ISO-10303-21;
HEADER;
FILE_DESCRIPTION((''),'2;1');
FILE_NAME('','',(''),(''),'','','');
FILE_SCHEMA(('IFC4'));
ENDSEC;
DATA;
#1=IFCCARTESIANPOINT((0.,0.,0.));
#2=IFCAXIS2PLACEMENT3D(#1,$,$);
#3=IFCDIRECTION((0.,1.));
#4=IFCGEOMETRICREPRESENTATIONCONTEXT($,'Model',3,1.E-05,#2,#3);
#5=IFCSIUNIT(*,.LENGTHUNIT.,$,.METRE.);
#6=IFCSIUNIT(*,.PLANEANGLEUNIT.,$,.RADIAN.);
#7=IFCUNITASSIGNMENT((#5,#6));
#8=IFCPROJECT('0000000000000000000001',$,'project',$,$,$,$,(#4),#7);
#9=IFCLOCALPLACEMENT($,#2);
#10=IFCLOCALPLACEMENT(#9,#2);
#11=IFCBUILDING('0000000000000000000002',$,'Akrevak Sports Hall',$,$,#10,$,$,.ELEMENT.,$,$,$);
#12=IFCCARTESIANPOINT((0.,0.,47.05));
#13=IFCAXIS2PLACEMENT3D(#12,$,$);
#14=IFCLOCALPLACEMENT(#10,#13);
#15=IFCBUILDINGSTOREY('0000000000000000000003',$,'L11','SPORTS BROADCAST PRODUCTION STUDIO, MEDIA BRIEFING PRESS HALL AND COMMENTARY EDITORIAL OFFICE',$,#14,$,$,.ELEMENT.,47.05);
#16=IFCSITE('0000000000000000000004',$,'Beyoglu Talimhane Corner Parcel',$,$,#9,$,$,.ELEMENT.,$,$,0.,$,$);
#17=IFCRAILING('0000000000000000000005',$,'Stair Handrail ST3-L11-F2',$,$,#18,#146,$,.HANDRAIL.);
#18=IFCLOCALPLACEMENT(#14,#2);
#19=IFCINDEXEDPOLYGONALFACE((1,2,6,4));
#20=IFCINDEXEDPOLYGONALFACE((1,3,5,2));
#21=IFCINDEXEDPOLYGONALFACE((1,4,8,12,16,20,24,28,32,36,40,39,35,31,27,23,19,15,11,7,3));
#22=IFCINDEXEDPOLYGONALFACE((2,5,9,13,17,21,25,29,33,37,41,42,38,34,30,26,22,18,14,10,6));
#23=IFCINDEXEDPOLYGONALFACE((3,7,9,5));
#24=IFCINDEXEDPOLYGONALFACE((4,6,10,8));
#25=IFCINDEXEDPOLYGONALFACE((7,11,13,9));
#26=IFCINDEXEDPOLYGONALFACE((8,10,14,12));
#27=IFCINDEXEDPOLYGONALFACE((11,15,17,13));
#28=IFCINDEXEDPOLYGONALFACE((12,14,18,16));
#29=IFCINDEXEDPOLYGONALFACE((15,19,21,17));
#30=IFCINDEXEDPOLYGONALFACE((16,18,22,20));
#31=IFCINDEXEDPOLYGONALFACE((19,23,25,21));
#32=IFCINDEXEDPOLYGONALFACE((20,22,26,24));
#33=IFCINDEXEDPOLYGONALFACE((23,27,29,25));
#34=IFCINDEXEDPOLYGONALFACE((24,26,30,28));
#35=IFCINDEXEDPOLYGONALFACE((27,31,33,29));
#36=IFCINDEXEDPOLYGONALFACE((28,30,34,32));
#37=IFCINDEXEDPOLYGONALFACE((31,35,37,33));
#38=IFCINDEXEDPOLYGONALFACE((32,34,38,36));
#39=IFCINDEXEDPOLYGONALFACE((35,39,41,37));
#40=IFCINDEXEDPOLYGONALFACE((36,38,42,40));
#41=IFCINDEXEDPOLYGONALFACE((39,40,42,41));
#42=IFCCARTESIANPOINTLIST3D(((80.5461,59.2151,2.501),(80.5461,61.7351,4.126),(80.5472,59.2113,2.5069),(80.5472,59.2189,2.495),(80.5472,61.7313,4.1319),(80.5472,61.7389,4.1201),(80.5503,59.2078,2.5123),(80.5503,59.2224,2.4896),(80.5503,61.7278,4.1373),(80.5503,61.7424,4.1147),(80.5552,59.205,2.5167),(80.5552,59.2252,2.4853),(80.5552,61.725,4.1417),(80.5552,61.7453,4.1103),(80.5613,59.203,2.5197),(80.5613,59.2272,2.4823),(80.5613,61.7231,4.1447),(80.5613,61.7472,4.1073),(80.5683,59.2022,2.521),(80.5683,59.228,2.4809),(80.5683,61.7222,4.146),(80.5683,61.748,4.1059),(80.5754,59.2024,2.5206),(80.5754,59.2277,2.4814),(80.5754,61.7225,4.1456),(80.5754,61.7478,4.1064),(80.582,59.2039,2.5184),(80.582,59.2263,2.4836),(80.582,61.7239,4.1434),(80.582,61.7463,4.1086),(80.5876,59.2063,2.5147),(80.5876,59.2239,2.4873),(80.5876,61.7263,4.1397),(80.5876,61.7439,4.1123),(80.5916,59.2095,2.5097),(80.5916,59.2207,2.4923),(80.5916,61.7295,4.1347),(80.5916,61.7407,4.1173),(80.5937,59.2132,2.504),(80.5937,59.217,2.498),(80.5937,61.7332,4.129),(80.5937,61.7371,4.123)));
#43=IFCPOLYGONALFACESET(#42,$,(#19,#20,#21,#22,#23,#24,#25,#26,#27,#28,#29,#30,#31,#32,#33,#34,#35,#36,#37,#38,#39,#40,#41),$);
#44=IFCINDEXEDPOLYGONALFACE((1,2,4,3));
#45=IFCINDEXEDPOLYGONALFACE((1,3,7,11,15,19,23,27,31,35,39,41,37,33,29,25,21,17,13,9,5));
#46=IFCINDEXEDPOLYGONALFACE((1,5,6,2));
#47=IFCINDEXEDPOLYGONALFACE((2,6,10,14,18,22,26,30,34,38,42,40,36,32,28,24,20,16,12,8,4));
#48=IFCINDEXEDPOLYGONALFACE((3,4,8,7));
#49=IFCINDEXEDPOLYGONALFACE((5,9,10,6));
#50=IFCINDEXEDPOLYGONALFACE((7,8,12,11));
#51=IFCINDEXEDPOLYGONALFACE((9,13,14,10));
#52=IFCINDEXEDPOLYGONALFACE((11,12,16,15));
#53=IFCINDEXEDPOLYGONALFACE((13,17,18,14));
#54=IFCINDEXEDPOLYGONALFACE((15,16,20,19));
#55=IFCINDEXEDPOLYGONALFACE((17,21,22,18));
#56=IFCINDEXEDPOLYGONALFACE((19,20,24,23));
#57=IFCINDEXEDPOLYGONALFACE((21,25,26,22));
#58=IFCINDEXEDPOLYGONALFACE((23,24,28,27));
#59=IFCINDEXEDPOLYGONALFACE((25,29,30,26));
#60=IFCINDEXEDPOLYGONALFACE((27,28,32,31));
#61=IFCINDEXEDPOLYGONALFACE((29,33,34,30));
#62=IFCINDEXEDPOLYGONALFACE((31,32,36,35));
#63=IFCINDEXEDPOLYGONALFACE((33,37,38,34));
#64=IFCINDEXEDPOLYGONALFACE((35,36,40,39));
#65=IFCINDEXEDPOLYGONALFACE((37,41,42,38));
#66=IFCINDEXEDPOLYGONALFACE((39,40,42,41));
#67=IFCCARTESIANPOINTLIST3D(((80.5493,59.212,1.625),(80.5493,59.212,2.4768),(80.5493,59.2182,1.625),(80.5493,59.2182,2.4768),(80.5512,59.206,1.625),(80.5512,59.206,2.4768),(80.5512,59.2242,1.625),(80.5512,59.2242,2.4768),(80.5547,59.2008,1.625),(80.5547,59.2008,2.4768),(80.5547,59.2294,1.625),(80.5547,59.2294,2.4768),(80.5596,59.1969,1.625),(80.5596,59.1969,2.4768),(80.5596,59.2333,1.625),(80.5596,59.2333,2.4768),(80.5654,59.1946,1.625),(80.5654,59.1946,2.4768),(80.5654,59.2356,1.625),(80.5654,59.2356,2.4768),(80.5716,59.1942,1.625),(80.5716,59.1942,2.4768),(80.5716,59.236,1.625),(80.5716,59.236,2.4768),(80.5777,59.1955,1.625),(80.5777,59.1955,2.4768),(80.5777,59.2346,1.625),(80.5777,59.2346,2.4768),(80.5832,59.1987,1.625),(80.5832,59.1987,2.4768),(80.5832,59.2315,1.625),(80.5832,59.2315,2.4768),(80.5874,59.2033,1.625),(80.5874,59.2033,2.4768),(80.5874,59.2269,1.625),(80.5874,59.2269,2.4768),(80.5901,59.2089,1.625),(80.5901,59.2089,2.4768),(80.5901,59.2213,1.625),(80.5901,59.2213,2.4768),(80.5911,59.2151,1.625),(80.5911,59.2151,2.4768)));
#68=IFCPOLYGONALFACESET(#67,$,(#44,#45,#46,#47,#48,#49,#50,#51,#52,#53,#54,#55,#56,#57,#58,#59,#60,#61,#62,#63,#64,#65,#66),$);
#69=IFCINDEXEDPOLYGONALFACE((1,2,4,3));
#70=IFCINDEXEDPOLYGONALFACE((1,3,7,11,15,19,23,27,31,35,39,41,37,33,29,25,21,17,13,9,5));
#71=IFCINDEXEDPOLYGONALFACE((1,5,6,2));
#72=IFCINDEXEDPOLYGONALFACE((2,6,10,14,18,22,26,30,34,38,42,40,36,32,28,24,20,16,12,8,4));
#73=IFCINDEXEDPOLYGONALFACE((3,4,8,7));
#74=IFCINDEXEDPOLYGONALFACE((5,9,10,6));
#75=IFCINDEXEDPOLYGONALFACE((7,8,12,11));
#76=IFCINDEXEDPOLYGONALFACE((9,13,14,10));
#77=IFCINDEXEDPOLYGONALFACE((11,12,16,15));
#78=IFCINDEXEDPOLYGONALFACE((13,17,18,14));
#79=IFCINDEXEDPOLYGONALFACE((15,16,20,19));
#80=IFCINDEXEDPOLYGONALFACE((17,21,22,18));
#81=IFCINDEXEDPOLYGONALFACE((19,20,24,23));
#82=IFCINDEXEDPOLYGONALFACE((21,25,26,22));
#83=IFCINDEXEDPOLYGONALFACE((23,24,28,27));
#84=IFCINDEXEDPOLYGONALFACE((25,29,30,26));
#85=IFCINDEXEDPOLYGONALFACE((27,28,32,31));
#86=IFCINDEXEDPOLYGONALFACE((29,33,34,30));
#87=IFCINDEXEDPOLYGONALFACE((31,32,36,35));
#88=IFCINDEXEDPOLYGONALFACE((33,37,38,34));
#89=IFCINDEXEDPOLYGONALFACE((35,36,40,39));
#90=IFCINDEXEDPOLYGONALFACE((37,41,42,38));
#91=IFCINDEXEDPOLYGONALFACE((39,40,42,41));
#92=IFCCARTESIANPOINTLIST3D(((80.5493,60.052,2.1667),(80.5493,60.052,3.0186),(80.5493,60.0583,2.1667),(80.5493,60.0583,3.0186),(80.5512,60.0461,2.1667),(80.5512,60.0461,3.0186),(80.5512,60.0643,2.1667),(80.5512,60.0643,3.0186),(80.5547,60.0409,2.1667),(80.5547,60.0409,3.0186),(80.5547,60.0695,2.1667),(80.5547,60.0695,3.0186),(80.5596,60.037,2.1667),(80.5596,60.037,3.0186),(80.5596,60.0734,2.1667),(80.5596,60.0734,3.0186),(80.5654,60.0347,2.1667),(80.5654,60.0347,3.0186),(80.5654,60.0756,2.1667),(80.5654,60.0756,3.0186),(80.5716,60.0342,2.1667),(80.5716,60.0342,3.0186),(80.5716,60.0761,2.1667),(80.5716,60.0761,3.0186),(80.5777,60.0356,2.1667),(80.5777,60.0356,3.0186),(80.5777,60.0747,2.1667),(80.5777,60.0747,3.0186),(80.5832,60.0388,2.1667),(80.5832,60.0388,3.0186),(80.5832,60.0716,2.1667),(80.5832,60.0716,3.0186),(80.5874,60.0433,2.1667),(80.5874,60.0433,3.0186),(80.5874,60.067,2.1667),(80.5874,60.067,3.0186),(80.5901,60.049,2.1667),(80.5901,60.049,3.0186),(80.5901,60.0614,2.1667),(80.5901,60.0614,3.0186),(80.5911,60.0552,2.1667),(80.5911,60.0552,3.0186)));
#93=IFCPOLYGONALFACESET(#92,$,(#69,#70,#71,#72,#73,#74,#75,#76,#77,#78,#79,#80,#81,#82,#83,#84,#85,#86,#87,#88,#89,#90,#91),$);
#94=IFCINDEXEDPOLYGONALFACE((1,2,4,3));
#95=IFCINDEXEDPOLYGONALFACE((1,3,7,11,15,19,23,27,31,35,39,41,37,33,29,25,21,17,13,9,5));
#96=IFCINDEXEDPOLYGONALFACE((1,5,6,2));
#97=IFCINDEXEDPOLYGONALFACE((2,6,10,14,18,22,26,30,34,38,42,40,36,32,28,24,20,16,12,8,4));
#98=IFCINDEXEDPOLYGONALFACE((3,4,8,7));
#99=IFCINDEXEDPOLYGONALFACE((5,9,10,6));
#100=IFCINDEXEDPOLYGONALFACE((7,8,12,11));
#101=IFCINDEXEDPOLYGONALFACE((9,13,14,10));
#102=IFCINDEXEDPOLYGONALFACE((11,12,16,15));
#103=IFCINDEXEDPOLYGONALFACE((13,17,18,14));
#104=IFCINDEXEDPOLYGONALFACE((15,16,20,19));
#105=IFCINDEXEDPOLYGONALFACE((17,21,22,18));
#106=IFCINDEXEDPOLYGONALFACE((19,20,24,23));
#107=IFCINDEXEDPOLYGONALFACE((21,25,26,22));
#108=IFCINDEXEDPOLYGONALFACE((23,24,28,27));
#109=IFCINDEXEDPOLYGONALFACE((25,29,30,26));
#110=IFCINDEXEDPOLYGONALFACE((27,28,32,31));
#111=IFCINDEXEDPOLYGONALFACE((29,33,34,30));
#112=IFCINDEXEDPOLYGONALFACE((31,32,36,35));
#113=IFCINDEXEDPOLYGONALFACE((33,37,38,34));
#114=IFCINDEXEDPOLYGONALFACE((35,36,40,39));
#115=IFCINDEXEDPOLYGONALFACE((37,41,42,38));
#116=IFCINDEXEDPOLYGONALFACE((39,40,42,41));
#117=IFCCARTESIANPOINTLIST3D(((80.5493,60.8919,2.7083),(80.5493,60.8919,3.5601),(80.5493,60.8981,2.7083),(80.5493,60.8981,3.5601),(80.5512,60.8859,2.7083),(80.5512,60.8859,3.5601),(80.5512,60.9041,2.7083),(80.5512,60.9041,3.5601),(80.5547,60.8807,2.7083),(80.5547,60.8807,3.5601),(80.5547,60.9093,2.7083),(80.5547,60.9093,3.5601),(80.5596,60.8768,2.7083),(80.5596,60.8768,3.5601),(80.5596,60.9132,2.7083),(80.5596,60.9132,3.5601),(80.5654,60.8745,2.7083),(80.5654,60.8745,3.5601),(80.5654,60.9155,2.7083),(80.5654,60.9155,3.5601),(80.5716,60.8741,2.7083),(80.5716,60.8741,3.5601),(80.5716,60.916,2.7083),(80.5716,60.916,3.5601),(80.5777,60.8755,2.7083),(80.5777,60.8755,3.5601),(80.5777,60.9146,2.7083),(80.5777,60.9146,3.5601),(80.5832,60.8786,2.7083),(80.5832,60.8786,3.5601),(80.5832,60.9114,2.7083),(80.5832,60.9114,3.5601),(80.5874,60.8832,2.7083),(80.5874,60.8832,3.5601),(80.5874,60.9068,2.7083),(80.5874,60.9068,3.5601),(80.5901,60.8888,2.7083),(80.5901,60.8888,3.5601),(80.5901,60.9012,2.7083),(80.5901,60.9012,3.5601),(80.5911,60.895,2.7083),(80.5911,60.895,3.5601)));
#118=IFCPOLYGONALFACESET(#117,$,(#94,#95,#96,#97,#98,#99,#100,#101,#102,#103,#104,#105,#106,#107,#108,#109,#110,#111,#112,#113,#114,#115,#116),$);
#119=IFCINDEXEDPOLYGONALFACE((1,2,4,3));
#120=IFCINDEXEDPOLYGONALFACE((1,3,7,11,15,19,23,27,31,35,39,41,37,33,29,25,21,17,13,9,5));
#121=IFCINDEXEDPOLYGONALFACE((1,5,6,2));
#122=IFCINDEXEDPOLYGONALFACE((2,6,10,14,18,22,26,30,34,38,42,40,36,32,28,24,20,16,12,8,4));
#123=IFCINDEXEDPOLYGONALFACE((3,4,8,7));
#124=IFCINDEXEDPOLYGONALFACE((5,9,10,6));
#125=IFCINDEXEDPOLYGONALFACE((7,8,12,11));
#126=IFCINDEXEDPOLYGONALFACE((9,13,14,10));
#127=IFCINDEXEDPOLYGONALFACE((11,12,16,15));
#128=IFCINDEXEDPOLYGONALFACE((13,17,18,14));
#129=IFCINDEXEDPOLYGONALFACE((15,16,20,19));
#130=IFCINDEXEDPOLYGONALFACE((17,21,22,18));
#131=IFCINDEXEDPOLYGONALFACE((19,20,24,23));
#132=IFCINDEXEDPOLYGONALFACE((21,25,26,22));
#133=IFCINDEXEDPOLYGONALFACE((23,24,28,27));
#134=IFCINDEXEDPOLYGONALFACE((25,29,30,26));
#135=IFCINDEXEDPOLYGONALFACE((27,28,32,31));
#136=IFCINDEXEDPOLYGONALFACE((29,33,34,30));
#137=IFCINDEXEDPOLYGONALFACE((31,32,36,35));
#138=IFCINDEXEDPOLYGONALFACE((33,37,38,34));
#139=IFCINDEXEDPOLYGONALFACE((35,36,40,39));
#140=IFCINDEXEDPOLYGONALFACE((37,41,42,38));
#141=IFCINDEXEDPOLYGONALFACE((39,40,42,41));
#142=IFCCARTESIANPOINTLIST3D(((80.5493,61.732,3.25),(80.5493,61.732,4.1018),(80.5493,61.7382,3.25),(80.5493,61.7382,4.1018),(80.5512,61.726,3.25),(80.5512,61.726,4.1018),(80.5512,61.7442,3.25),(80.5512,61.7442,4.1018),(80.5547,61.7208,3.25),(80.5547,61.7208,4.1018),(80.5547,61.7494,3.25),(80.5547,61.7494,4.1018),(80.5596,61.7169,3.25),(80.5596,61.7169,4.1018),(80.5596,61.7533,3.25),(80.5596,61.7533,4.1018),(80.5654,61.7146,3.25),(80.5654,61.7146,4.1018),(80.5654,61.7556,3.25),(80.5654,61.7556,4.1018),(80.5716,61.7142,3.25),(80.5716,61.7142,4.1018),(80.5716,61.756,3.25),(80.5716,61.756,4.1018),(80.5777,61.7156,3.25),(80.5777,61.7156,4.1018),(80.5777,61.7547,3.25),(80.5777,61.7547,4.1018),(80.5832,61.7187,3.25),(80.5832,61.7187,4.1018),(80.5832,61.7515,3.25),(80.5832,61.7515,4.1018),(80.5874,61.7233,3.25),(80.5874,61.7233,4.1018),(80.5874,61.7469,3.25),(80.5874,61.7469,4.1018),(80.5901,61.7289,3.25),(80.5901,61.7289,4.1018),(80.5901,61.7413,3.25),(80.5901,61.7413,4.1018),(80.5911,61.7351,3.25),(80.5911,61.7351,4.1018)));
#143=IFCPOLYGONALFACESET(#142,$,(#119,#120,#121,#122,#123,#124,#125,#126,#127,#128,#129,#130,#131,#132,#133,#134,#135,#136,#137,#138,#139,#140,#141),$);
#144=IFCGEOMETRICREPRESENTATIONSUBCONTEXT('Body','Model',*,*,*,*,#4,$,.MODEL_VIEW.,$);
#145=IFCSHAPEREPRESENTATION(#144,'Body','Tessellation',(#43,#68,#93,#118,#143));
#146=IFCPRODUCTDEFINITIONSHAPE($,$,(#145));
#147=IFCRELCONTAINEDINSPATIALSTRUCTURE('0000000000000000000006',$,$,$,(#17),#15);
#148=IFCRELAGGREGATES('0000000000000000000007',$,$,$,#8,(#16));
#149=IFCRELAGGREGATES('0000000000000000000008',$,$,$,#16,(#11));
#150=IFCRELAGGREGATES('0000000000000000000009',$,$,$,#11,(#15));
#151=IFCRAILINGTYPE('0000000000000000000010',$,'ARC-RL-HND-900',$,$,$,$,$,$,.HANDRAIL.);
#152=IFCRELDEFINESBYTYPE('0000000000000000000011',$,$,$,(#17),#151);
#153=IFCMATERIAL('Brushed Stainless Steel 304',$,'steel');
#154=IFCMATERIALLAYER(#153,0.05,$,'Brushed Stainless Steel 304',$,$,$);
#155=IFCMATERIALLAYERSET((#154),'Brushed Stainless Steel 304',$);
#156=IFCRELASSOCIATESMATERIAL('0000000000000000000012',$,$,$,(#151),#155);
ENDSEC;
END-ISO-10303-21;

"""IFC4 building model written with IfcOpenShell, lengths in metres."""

from ifc_helpers import new_model, si_unit, direction, frame, origin, origin_2d, place, context, subcontext, project, spatial, circle, extrude, material, layer, layer_set, type_object, element, save


model = new_model("IFC4")

# Units and contexts
model_context = context("Model", 3, precision=1e-05, world=origin(), true_north=direction((0.0, 1.0)))
body_context = subcontext(model_context, "Body", "Model", "MODEL_VIEW")
ifc_project = project(units=[si_unit("LENGTHUNIT", "METRE"), si_unit("PLANEANGLEUNIT", "RADIAN")], contexts=[model_context])

# Site, building, storey
site_placement = place(None, origin())
site = spatial("IfcSite", under=ifc_project, at=site_placement, Name="Beyoglu Talimhane Corner Parcel", CompositionType="ELEMENT", RefElevation=0.0)
building_placement = place(site_placement, origin())
building = spatial("IfcBuilding", under=site, at=building_placement, Name="Akrevak Sports Hall", CompositionType="ELEMENT")
storey_placement = place(building_placement, frame((0.0, 0.0, 47.05)))
storey = spatial("IfcBuildingStorey", under=building, at=storey_placement, Name="L11", Description="SPORTS BROADCAST PRODUCTION STUDIO, MEDIA BRIEFING PRESS HALL AND COMMENTARY EDITORIAL OFFICE", CompositionType="ELEMENT", Elevation=47.05)

# Shared definitions
ifc_material_1 = material(Name="Brushed Stainless Steel 304", Category="steel")

# Railing
ifc_layer_1 = layer(ifc_material_1, 0.05, Name="Brushed Stainless Steel 304")
ifc_layer_set_1 = layer_set([ifc_layer_1], Name="Brushed Stainless Steel 304")
railing_type_1 = type_object("IfcRailingType", Name="ARC-RL-HND-900", PredefinedType="HANDRAIL", material=ifc_layer_set_1)
railing_1_placement = place(storey_placement, frame((80.5701, 59.2151, 1.625)))
element("IfcRailing", 1, at=railing_1_placement, inside=storey, type_object=railing_type_1, Name="Stair Handrail ST3-L11-F2", PredefinedType="HANDRAIL", context=body_context, shape_type="SweptSolid", body=[
    extrude(circle(Radius=0.0239, at=origin_2d()), frame((0.0, 0.0, 0.876), z_axis=(0.0, 0.840421, 0.541934), x_axis=(-1.0, 0.0, 0.0)), (0.0, 0.0, 1.0), 2.9985),
    extrude(circle(Radius=0.021, at=origin_2d()), origin(), (0.0, 0.0, 1.0), 0.8518),
    extrude(circle(Radius=0.021, at=origin_2d()), frame((0.0, 0.8401, 0.5417)), (0.0, 0.0, 1.0), 0.8518),
    extrude(circle(Radius=0.021, at=origin_2d()), frame((0.0, 1.6799, 1.0833)), (0.0, 0.0, 1.0), 0.8518),
    extrude(circle(Radius=0.021, at=origin_2d()), frame((0.0, 2.52, 1.625)), (0.0, 0.0, 1.0), 0.8518),
])

save(model, "model.ifc")
